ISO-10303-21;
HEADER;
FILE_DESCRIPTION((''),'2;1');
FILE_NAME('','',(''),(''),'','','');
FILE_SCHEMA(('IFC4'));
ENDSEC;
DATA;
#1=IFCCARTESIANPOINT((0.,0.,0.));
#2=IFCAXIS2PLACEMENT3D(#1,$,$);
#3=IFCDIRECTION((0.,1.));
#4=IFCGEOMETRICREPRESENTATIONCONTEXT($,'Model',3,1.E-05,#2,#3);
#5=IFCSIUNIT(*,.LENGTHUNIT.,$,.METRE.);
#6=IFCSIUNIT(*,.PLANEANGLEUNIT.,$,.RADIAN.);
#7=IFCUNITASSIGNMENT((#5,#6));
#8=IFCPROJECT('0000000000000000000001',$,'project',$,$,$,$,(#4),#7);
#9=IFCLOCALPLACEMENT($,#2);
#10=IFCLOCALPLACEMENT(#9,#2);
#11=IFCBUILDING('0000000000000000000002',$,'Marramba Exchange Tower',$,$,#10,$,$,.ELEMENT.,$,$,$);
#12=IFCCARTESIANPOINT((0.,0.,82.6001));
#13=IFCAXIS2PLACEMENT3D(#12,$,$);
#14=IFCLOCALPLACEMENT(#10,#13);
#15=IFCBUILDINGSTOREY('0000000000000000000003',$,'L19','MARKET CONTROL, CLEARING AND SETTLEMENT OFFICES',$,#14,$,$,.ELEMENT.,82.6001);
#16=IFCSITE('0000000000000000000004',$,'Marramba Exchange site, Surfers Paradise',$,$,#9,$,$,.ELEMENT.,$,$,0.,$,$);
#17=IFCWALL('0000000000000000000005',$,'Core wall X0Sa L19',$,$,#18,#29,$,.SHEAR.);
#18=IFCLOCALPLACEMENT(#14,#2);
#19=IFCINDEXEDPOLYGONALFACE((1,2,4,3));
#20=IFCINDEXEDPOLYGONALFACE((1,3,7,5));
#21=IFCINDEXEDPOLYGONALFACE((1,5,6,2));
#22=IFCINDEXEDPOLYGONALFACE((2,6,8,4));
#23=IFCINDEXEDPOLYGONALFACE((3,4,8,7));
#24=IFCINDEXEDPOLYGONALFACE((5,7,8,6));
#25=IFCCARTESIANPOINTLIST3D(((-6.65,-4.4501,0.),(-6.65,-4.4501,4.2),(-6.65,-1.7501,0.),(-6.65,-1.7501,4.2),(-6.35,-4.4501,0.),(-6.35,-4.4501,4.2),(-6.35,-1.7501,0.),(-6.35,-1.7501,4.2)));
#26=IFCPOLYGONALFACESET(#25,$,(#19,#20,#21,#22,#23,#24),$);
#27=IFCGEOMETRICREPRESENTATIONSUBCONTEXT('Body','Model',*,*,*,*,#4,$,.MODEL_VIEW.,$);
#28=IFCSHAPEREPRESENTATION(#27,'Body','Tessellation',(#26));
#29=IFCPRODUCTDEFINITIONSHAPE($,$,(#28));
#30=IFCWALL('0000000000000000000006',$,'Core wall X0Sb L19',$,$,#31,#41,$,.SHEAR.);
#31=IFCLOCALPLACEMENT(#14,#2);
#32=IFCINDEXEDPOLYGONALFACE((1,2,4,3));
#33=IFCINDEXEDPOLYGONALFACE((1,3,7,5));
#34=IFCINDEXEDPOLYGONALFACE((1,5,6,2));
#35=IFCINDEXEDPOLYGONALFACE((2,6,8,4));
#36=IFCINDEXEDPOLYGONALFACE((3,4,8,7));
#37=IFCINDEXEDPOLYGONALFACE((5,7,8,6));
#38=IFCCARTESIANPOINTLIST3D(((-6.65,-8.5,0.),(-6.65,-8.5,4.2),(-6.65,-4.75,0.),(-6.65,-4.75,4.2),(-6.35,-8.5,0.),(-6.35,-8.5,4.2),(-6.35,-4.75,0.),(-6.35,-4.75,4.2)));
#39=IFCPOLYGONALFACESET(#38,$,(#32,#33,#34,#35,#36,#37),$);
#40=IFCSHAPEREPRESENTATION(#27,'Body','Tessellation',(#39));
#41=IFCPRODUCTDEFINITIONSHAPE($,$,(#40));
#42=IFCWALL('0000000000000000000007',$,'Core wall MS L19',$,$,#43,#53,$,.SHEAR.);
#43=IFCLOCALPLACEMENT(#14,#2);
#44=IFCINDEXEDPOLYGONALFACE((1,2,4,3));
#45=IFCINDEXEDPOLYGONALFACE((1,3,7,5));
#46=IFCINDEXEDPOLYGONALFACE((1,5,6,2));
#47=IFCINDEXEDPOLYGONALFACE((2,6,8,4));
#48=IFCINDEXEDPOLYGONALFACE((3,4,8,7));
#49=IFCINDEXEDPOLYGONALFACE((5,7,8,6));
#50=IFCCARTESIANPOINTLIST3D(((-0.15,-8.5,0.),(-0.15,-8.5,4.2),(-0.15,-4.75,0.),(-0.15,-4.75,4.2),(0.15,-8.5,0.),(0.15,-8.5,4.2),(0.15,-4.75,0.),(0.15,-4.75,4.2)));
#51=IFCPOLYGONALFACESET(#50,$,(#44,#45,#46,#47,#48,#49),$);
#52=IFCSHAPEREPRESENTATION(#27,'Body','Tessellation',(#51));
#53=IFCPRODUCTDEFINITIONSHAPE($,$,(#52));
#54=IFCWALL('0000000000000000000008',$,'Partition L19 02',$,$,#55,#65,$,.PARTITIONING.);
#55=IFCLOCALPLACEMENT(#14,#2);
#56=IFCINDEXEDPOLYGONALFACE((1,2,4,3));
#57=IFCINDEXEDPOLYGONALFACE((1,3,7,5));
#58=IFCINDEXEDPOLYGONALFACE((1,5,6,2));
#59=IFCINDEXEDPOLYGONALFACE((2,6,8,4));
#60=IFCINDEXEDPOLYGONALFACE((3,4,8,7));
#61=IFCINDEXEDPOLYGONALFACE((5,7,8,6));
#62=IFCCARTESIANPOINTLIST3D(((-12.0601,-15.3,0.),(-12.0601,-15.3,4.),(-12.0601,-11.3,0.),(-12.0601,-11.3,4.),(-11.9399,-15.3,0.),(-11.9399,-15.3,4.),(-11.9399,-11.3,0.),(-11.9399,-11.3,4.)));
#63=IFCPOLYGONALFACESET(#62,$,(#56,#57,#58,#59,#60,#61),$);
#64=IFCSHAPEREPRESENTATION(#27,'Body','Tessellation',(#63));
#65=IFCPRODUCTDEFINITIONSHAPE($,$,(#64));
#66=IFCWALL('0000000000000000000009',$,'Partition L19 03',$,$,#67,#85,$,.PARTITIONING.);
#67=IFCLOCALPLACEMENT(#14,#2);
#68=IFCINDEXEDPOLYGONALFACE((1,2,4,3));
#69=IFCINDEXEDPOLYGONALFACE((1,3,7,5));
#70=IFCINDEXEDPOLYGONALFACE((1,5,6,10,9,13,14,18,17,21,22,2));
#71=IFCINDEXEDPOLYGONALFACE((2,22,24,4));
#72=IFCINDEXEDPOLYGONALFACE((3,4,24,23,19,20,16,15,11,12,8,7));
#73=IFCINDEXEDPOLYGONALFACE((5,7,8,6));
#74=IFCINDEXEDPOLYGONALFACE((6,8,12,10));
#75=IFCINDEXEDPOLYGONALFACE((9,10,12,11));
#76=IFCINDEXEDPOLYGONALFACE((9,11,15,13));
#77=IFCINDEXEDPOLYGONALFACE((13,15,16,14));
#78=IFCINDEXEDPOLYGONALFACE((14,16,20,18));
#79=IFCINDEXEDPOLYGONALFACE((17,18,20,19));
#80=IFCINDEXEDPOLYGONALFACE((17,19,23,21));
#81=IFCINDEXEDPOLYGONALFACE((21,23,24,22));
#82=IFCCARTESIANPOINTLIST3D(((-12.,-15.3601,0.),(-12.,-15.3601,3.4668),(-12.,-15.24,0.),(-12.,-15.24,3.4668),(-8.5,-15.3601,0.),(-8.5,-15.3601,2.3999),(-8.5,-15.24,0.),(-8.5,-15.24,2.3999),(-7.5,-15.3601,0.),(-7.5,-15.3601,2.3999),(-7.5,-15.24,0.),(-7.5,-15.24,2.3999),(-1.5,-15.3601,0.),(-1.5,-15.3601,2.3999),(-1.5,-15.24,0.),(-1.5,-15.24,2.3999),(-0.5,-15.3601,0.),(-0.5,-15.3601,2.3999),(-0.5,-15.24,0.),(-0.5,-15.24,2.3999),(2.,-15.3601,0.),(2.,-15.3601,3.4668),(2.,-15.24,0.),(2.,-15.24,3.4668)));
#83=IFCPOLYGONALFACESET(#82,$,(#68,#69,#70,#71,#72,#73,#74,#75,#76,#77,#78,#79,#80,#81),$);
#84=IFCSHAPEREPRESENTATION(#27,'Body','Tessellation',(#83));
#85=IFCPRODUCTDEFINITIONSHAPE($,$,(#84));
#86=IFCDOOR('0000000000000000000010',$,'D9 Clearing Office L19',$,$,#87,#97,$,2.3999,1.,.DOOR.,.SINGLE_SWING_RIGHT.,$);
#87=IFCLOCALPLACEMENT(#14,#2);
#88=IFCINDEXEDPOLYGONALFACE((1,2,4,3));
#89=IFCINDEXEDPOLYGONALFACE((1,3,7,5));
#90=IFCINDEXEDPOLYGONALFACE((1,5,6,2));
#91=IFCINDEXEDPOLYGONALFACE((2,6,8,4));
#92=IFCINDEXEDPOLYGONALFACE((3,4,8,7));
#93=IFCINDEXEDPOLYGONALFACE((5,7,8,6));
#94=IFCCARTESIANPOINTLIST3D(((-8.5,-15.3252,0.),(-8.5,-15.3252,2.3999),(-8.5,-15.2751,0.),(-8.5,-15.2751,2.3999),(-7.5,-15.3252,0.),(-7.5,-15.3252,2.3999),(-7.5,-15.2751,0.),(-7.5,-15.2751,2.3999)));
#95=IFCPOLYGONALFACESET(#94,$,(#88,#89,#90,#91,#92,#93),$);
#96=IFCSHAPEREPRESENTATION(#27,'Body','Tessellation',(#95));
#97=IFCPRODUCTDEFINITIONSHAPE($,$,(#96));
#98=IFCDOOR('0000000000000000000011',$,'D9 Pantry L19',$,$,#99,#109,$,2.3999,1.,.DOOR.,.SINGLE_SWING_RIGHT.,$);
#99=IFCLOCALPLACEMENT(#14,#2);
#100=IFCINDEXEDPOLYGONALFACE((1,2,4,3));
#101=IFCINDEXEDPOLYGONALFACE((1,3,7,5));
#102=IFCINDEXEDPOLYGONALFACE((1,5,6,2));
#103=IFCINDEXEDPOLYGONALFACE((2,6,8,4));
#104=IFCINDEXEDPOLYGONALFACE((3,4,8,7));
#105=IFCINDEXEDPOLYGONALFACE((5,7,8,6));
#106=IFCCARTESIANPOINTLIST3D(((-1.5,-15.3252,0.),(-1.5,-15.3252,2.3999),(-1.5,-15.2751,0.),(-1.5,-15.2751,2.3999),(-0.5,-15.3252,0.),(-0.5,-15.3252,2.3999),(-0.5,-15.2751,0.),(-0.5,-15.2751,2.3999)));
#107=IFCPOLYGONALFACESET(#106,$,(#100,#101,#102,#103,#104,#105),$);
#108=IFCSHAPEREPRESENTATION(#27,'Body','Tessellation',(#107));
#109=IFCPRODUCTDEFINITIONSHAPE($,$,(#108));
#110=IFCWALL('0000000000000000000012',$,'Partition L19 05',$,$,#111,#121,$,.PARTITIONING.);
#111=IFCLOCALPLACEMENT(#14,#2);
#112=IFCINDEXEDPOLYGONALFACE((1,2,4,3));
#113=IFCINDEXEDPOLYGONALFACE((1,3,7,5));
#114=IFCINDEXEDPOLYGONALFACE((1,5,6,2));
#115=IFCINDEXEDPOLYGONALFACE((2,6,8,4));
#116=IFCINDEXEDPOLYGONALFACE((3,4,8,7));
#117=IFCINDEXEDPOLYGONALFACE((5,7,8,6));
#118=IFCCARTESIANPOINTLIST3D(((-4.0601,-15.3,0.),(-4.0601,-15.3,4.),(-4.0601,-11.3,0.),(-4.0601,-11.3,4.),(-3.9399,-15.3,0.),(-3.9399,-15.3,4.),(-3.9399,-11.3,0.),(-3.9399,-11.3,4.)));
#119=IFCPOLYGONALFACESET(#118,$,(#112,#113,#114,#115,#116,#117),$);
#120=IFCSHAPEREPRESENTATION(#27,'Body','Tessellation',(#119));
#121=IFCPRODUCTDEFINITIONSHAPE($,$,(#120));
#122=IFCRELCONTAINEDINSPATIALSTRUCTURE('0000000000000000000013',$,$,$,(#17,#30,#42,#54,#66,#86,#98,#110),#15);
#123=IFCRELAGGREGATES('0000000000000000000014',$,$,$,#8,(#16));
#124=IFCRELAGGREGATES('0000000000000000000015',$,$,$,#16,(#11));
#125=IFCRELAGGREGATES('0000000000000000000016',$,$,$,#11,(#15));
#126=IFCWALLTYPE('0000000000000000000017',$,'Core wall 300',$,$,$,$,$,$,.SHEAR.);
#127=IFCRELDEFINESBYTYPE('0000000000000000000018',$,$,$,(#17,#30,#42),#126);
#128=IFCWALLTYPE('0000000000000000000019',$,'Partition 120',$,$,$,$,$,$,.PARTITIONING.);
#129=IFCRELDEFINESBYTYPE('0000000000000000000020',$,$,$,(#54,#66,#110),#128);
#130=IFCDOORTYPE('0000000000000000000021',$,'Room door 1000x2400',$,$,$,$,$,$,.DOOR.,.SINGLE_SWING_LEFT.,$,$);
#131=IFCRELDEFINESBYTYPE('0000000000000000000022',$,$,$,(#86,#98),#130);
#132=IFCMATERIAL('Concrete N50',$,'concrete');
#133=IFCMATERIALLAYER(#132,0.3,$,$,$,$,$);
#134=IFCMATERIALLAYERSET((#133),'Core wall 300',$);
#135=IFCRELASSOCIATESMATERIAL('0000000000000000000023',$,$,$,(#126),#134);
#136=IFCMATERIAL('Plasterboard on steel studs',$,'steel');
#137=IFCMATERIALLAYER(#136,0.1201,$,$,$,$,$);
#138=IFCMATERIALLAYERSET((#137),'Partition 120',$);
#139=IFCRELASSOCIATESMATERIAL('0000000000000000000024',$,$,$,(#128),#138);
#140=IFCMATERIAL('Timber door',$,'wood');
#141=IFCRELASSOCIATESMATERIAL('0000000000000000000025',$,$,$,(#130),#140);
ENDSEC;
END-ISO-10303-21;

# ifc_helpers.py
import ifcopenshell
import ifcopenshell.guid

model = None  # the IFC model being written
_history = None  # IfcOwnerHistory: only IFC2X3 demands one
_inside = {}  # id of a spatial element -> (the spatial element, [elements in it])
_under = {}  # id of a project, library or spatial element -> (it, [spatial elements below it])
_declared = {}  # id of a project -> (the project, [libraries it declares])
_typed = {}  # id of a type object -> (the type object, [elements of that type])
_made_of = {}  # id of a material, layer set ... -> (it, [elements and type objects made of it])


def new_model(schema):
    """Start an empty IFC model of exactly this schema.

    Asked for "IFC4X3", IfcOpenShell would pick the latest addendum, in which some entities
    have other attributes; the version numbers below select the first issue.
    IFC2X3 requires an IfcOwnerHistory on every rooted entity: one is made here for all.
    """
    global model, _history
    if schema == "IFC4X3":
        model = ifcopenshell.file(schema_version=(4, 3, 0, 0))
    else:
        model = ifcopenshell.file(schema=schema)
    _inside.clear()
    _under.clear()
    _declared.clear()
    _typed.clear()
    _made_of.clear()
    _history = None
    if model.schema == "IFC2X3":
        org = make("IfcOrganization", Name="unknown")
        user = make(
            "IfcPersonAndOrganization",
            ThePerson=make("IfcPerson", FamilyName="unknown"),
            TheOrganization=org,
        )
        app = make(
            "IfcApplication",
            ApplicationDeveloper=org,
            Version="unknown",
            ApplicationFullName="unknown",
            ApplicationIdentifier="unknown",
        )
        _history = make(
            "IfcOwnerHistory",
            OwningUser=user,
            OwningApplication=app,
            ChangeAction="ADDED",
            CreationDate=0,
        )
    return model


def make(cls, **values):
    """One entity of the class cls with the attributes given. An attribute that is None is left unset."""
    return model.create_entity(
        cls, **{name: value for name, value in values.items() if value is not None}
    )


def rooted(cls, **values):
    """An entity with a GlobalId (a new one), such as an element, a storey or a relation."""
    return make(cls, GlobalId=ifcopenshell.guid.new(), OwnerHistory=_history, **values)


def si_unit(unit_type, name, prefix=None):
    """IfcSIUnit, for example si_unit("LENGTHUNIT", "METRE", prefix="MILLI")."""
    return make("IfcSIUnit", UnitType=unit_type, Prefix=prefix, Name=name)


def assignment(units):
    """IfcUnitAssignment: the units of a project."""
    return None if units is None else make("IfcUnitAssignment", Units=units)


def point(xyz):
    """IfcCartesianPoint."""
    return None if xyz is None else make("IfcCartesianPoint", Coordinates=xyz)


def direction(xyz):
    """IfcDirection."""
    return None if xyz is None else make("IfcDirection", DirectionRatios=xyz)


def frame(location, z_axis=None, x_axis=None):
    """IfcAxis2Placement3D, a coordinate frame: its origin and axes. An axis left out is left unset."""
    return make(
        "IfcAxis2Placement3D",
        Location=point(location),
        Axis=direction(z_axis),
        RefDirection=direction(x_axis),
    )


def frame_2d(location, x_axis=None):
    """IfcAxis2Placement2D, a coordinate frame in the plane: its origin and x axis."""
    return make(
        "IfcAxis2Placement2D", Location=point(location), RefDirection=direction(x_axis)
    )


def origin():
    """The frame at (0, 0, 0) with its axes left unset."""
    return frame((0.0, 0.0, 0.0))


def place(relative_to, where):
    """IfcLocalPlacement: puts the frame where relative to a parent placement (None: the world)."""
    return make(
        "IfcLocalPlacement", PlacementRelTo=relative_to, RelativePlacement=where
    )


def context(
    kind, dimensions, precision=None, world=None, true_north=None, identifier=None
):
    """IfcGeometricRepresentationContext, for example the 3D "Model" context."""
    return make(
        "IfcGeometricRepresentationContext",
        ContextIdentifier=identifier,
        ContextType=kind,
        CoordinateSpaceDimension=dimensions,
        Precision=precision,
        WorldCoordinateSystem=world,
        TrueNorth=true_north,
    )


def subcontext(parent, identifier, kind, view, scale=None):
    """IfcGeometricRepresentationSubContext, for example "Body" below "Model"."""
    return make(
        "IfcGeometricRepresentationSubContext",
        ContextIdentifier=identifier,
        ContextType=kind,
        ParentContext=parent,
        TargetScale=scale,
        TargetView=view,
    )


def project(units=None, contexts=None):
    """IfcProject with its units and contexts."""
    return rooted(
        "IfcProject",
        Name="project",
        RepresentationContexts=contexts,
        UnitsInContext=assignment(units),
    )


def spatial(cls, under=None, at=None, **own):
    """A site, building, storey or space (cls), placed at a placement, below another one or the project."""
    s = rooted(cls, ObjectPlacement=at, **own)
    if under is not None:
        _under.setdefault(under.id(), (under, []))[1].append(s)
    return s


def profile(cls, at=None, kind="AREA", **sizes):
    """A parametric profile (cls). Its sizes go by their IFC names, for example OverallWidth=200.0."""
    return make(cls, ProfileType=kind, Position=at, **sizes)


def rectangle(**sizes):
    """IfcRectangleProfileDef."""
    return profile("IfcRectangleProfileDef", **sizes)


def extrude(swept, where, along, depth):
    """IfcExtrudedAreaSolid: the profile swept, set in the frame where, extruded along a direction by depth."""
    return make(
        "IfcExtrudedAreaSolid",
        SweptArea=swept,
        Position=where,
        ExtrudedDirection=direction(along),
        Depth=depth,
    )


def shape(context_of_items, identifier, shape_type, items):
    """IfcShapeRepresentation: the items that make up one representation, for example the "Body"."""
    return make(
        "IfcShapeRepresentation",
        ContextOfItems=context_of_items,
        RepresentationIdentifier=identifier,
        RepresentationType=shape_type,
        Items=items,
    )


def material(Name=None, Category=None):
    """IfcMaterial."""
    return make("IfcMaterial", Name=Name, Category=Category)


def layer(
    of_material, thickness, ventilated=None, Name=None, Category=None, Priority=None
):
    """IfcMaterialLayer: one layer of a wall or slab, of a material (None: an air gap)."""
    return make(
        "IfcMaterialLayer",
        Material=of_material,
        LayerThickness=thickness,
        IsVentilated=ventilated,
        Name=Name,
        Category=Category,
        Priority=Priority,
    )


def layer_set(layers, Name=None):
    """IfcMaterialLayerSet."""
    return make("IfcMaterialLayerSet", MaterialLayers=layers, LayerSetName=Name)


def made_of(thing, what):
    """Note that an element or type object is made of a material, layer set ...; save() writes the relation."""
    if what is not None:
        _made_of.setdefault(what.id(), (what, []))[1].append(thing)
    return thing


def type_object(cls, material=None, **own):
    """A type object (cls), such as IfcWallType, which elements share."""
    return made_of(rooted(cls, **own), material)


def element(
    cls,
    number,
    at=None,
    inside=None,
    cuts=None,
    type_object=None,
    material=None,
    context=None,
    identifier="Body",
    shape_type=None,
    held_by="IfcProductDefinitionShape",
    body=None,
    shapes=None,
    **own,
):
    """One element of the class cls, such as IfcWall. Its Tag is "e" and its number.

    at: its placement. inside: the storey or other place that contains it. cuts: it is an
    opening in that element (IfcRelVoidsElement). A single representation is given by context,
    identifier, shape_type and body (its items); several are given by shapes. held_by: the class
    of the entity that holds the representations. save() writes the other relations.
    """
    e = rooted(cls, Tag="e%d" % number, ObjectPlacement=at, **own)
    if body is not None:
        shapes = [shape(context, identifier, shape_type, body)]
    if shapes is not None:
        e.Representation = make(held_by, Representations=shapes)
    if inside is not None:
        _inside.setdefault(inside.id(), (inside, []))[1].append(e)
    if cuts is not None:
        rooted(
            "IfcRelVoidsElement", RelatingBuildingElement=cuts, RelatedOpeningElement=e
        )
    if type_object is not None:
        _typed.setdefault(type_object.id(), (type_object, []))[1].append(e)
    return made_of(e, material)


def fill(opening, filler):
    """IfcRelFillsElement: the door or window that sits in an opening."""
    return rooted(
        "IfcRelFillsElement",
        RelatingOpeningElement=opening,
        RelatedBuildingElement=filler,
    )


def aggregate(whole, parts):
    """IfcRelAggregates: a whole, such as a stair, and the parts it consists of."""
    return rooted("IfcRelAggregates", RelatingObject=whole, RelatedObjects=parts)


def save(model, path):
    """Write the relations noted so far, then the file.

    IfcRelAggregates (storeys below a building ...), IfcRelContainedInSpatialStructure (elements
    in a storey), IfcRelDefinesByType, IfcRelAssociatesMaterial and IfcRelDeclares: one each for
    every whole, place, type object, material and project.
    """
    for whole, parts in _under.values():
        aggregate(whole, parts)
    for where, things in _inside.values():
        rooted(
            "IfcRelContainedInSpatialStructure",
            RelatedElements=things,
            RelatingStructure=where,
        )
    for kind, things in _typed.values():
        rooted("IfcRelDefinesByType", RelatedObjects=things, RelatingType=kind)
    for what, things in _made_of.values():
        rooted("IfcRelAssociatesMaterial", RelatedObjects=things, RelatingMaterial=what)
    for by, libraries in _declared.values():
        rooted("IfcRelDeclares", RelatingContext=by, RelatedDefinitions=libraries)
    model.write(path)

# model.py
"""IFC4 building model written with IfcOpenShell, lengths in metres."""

from ifc_helpers import new_model, si_unit, direction, frame, frame_2d, origin, place, context, subcontext, project, spatial, rectangle, extrude, material, layer, layer_set, type_object, element, fill, save


model = new_model("IFC4")

# Units and contexts
model_context = context("Model", 3, precision=1e-05, world=origin(), true_north=direction((0.0, 1.0)))
body_context = subcontext(model_context, "Body", "Model", "MODEL_VIEW")
ifc_project = project(units=[si_unit("LENGTHUNIT", "METRE"), si_unit("PLANEANGLEUNIT", "RADIAN")], contexts=[model_context])

# Site, building, storey
site_placement = place(None, origin())
site = spatial("IfcSite", under=ifc_project, at=site_placement, Name="Marramba Exchange site, Surfers Paradise", CompositionType="ELEMENT", RefElevation=0.0)
building_placement = place(site_placement, origin())
building = spatial("IfcBuilding", under=site, at=building_placement, Name="Marramba Exchange Tower", CompositionType="ELEMENT")
storey_placement = place(building_placement, frame((0.0, 0.0, 82.6001)))
storey = spatial("IfcBuildingStorey", under=building, at=storey_placement, Name="L19", Description="MARKET CONTROL, CLEARING AND SETTLEMENT OFFICES", CompositionType="ELEMENT", Elevation=82.6001)

# Shared definitions
ifc_material_1 = material(Name="Concrete N50", Category="concrete")

# Shared definitions
ifc_layer_1 = layer(ifc_material_1, 0.3)
ifc_layer_set_1 = layer_set([ifc_layer_1], Name="Core wall 300")
wall_type_1 = type_object("IfcWallType", Name="Core wall 300", PredefinedType="SHEAR", material=ifc_layer_set_1)

# Walls
wall_1_placement = place(storey_placement, frame((-6.5, -1.75, 0.0), z_axis=(0.0, 0.0, 1.0), x_axis=(0.0, -1.0, 0.0)))
element("IfcWall", 1, at=wall_1_placement, inside=storey, type_object=wall_type_1, Name="Core wall X0Sa L19", PredefinedType="SHEAR", context=body_context, shape_type="SweptSolid", body=[
    extrude(rectangle(XDim=2.7, YDim=0.3, at=frame_2d((1.3501, 0.0))), origin(), (0.0, 0.0, 1.0), 4.2),
])
for number, where, z_axis, x_axis, name in (
    (2, (-6.5, -4.75, 0.0), (0.0, 0.0, 1.0), (0.0, -1.0, 0.0), "Core wall X0Sb L19"),
    (3, (0.0, -4.75, 0.0), (0.0, 0.0, 1.0), (0.0, -1.0, 0.0), "Core wall MS L19"),
):
    element("IfcWall", number, at=place(storey_placement, frame(where, z_axis=z_axis, x_axis=x_axis)), inside=storey, type_object=wall_type_1, Name=name, PredefinedType="SHEAR", context=body_context, shape_type="SweptSolid", body=[
        extrude(rectangle(XDim=3.75, YDim=0.3, at=frame_2d((1.875, 0.0))), origin(), (0.0, 0.0, 1.0), 4.2),
    ])
ifc_material_2 = material(Name="Plasterboard on steel studs", Category="steel")
ifc_layer_2 = layer(ifc_material_2, 0.1201)
ifc_layer_set_2 = layer_set([ifc_layer_2], Name="Partition 120")
wall_type_2 = type_object("IfcWallType", Name="Partition 120", PredefinedType="PARTITIONING", material=ifc_layer_set_2)
wall_2_placement = place(storey_placement, frame((-12.0, -11.3, 0.0), z_axis=(0.0, 0.0, 1.0), x_axis=(0.0, -1.0, 0.0)))
element("IfcWall", 4, at=wall_2_placement, inside=storey, type_object=wall_type_2, Name="Partition L19 02", PredefinedType="PARTITIONING", context=body_context, shape_type="SweptSolid", body=[
    extrude(rectangle(XDim=4.0, YDim=0.1201, at=frame_2d((2.0, 0.0))), origin(), (0.0, 0.0, 1.0), 4.0),
])

# Wall, openings, doors
wall_3_placement = place(storey_placement, frame((-12.0, -15.3, 0.0), z_axis=(0.0, 0.0, 1.0), x_axis=(1.0, 0.0, 0.0)))
wall_3 = element("IfcWall", 5, at=wall_3_placement, inside=storey, type_object=wall_type_2, Name="Partition L19 03", PredefinedType="PARTITIONING", context=body_context, shape_type="SweptSolid", body=[
    extrude(rectangle(XDim=14.0, YDim=0.1201, at=frame_2d((7.0, 0.0))), origin(), (0.0, 0.0, 1.0), 3.4668),
])
opening_1_placement = place(wall_3_placement, frame((3.5, 0.0, 0.0)))
opening_1 = element("IfcOpeningElement", 6, at=opening_1_placement, cuts=wall_3, PredefinedType="OPENING", context=body_context, shape_type="SweptSolid", body=[
    extrude(rectangle(XDim=1.0, YDim=2.3999, at=frame_2d((0.5, 1.2))), frame((0.0, 0.0701, 0.0), z_axis=(0.0, -1.0, 0.0), x_axis=(1.0, 0.0, 0.0)), (0.0, 0.0, 1.0), 0.1401),
])
opening_2_placement = place(wall_3_placement, frame((10.5, 0.0, 0.0)))
opening_2 = element("IfcOpeningElement", 7, at=opening_2_placement, cuts=wall_3, PredefinedType="OPENING", context=body_context, shape_type="SweptSolid", body=[
    extrude(rectangle(XDim=1.0, YDim=2.3999, at=frame_2d((0.5, 1.2))), frame((0.0, 0.0701, 0.0), z_axis=(0.0, -1.0, 0.0), x_axis=(1.0, 0.0, 0.0)), (0.0, 0.0, 1.0), 0.1401),
])
ifc_material_3 = material(Name="Timber door", Category="wood")
door_type_1 = type_object("IfcDoorType", Name="Room door 1000x2400", OperationType="SINGLE_SWING_LEFT", PredefinedType="DOOR", material=ifc_material_3)
door_1_placement = place(opening_1_placement, origin())
door_1 = element("IfcDoor", 8, at=door_1_placement, inside=storey, type_object=door_type_1, Name="D9 Clearing Office L19", OperationType="SINGLE_SWING_RIGHT", OverallHeight=2.3999, OverallWidth=1.0, PredefinedType="DOOR", context=body_context, shape_type="SweptSolid", body=[
    extrude(rectangle(XDim=1.0, YDim=2.3999, at=frame_2d((0.5, 1.2))), frame((0.0, 0.0249, 0.0), z_axis=(0.0, -1.0, 0.0), x_axis=(1.0, 0.0, 0.0)), (0.0, 0.0, 1.0), 0.05),
])
fill(opening_1, door_1)
door_2_placement = place(opening_2_placement, origin())
door_2 = element("IfcDoor", 9, at=door_2_placement, inside=storey, type_object=door_type_1, Name="D9 Pantry L19", OperationType="SINGLE_SWING_RIGHT", OverallHeight=2.3999, OverallWidth=1.0, PredefinedType="DOOR", context=body_context, shape_type="SweptSolid", body=[
    extrude(rectangle(XDim=1.0, YDim=2.3999, at=frame_2d((0.5, 1.2))), frame((0.0, 0.0249, 0.0), z_axis=(0.0, -1.0, 0.0), x_axis=(1.0, 0.0, 0.0)), (0.0, 0.0, 1.0), 0.05),
])
fill(opening_2, door_2)

# Wall
wall_4_placement = place(storey_placement, frame((-4.0, -11.3, 0.0), z_axis=(0.0, 0.0, 1.0), x_axis=(0.0, -1.0, 0.0)))
element("IfcWall", 10, at=wall_4_placement, inside=storey, type_object=wall_type_2, Name="Partition L19 05", PredefinedType="PARTITIONING", context=body_context, shape_type="SweptSolid", body=[
    extrude(rectangle(XDim=4.0, YDim=0.1201, at=frame_2d((2.0, 0.0))), origin(), (0.0, 0.0, 1.0), 4.0),
])

save(model, "model.ifc")
